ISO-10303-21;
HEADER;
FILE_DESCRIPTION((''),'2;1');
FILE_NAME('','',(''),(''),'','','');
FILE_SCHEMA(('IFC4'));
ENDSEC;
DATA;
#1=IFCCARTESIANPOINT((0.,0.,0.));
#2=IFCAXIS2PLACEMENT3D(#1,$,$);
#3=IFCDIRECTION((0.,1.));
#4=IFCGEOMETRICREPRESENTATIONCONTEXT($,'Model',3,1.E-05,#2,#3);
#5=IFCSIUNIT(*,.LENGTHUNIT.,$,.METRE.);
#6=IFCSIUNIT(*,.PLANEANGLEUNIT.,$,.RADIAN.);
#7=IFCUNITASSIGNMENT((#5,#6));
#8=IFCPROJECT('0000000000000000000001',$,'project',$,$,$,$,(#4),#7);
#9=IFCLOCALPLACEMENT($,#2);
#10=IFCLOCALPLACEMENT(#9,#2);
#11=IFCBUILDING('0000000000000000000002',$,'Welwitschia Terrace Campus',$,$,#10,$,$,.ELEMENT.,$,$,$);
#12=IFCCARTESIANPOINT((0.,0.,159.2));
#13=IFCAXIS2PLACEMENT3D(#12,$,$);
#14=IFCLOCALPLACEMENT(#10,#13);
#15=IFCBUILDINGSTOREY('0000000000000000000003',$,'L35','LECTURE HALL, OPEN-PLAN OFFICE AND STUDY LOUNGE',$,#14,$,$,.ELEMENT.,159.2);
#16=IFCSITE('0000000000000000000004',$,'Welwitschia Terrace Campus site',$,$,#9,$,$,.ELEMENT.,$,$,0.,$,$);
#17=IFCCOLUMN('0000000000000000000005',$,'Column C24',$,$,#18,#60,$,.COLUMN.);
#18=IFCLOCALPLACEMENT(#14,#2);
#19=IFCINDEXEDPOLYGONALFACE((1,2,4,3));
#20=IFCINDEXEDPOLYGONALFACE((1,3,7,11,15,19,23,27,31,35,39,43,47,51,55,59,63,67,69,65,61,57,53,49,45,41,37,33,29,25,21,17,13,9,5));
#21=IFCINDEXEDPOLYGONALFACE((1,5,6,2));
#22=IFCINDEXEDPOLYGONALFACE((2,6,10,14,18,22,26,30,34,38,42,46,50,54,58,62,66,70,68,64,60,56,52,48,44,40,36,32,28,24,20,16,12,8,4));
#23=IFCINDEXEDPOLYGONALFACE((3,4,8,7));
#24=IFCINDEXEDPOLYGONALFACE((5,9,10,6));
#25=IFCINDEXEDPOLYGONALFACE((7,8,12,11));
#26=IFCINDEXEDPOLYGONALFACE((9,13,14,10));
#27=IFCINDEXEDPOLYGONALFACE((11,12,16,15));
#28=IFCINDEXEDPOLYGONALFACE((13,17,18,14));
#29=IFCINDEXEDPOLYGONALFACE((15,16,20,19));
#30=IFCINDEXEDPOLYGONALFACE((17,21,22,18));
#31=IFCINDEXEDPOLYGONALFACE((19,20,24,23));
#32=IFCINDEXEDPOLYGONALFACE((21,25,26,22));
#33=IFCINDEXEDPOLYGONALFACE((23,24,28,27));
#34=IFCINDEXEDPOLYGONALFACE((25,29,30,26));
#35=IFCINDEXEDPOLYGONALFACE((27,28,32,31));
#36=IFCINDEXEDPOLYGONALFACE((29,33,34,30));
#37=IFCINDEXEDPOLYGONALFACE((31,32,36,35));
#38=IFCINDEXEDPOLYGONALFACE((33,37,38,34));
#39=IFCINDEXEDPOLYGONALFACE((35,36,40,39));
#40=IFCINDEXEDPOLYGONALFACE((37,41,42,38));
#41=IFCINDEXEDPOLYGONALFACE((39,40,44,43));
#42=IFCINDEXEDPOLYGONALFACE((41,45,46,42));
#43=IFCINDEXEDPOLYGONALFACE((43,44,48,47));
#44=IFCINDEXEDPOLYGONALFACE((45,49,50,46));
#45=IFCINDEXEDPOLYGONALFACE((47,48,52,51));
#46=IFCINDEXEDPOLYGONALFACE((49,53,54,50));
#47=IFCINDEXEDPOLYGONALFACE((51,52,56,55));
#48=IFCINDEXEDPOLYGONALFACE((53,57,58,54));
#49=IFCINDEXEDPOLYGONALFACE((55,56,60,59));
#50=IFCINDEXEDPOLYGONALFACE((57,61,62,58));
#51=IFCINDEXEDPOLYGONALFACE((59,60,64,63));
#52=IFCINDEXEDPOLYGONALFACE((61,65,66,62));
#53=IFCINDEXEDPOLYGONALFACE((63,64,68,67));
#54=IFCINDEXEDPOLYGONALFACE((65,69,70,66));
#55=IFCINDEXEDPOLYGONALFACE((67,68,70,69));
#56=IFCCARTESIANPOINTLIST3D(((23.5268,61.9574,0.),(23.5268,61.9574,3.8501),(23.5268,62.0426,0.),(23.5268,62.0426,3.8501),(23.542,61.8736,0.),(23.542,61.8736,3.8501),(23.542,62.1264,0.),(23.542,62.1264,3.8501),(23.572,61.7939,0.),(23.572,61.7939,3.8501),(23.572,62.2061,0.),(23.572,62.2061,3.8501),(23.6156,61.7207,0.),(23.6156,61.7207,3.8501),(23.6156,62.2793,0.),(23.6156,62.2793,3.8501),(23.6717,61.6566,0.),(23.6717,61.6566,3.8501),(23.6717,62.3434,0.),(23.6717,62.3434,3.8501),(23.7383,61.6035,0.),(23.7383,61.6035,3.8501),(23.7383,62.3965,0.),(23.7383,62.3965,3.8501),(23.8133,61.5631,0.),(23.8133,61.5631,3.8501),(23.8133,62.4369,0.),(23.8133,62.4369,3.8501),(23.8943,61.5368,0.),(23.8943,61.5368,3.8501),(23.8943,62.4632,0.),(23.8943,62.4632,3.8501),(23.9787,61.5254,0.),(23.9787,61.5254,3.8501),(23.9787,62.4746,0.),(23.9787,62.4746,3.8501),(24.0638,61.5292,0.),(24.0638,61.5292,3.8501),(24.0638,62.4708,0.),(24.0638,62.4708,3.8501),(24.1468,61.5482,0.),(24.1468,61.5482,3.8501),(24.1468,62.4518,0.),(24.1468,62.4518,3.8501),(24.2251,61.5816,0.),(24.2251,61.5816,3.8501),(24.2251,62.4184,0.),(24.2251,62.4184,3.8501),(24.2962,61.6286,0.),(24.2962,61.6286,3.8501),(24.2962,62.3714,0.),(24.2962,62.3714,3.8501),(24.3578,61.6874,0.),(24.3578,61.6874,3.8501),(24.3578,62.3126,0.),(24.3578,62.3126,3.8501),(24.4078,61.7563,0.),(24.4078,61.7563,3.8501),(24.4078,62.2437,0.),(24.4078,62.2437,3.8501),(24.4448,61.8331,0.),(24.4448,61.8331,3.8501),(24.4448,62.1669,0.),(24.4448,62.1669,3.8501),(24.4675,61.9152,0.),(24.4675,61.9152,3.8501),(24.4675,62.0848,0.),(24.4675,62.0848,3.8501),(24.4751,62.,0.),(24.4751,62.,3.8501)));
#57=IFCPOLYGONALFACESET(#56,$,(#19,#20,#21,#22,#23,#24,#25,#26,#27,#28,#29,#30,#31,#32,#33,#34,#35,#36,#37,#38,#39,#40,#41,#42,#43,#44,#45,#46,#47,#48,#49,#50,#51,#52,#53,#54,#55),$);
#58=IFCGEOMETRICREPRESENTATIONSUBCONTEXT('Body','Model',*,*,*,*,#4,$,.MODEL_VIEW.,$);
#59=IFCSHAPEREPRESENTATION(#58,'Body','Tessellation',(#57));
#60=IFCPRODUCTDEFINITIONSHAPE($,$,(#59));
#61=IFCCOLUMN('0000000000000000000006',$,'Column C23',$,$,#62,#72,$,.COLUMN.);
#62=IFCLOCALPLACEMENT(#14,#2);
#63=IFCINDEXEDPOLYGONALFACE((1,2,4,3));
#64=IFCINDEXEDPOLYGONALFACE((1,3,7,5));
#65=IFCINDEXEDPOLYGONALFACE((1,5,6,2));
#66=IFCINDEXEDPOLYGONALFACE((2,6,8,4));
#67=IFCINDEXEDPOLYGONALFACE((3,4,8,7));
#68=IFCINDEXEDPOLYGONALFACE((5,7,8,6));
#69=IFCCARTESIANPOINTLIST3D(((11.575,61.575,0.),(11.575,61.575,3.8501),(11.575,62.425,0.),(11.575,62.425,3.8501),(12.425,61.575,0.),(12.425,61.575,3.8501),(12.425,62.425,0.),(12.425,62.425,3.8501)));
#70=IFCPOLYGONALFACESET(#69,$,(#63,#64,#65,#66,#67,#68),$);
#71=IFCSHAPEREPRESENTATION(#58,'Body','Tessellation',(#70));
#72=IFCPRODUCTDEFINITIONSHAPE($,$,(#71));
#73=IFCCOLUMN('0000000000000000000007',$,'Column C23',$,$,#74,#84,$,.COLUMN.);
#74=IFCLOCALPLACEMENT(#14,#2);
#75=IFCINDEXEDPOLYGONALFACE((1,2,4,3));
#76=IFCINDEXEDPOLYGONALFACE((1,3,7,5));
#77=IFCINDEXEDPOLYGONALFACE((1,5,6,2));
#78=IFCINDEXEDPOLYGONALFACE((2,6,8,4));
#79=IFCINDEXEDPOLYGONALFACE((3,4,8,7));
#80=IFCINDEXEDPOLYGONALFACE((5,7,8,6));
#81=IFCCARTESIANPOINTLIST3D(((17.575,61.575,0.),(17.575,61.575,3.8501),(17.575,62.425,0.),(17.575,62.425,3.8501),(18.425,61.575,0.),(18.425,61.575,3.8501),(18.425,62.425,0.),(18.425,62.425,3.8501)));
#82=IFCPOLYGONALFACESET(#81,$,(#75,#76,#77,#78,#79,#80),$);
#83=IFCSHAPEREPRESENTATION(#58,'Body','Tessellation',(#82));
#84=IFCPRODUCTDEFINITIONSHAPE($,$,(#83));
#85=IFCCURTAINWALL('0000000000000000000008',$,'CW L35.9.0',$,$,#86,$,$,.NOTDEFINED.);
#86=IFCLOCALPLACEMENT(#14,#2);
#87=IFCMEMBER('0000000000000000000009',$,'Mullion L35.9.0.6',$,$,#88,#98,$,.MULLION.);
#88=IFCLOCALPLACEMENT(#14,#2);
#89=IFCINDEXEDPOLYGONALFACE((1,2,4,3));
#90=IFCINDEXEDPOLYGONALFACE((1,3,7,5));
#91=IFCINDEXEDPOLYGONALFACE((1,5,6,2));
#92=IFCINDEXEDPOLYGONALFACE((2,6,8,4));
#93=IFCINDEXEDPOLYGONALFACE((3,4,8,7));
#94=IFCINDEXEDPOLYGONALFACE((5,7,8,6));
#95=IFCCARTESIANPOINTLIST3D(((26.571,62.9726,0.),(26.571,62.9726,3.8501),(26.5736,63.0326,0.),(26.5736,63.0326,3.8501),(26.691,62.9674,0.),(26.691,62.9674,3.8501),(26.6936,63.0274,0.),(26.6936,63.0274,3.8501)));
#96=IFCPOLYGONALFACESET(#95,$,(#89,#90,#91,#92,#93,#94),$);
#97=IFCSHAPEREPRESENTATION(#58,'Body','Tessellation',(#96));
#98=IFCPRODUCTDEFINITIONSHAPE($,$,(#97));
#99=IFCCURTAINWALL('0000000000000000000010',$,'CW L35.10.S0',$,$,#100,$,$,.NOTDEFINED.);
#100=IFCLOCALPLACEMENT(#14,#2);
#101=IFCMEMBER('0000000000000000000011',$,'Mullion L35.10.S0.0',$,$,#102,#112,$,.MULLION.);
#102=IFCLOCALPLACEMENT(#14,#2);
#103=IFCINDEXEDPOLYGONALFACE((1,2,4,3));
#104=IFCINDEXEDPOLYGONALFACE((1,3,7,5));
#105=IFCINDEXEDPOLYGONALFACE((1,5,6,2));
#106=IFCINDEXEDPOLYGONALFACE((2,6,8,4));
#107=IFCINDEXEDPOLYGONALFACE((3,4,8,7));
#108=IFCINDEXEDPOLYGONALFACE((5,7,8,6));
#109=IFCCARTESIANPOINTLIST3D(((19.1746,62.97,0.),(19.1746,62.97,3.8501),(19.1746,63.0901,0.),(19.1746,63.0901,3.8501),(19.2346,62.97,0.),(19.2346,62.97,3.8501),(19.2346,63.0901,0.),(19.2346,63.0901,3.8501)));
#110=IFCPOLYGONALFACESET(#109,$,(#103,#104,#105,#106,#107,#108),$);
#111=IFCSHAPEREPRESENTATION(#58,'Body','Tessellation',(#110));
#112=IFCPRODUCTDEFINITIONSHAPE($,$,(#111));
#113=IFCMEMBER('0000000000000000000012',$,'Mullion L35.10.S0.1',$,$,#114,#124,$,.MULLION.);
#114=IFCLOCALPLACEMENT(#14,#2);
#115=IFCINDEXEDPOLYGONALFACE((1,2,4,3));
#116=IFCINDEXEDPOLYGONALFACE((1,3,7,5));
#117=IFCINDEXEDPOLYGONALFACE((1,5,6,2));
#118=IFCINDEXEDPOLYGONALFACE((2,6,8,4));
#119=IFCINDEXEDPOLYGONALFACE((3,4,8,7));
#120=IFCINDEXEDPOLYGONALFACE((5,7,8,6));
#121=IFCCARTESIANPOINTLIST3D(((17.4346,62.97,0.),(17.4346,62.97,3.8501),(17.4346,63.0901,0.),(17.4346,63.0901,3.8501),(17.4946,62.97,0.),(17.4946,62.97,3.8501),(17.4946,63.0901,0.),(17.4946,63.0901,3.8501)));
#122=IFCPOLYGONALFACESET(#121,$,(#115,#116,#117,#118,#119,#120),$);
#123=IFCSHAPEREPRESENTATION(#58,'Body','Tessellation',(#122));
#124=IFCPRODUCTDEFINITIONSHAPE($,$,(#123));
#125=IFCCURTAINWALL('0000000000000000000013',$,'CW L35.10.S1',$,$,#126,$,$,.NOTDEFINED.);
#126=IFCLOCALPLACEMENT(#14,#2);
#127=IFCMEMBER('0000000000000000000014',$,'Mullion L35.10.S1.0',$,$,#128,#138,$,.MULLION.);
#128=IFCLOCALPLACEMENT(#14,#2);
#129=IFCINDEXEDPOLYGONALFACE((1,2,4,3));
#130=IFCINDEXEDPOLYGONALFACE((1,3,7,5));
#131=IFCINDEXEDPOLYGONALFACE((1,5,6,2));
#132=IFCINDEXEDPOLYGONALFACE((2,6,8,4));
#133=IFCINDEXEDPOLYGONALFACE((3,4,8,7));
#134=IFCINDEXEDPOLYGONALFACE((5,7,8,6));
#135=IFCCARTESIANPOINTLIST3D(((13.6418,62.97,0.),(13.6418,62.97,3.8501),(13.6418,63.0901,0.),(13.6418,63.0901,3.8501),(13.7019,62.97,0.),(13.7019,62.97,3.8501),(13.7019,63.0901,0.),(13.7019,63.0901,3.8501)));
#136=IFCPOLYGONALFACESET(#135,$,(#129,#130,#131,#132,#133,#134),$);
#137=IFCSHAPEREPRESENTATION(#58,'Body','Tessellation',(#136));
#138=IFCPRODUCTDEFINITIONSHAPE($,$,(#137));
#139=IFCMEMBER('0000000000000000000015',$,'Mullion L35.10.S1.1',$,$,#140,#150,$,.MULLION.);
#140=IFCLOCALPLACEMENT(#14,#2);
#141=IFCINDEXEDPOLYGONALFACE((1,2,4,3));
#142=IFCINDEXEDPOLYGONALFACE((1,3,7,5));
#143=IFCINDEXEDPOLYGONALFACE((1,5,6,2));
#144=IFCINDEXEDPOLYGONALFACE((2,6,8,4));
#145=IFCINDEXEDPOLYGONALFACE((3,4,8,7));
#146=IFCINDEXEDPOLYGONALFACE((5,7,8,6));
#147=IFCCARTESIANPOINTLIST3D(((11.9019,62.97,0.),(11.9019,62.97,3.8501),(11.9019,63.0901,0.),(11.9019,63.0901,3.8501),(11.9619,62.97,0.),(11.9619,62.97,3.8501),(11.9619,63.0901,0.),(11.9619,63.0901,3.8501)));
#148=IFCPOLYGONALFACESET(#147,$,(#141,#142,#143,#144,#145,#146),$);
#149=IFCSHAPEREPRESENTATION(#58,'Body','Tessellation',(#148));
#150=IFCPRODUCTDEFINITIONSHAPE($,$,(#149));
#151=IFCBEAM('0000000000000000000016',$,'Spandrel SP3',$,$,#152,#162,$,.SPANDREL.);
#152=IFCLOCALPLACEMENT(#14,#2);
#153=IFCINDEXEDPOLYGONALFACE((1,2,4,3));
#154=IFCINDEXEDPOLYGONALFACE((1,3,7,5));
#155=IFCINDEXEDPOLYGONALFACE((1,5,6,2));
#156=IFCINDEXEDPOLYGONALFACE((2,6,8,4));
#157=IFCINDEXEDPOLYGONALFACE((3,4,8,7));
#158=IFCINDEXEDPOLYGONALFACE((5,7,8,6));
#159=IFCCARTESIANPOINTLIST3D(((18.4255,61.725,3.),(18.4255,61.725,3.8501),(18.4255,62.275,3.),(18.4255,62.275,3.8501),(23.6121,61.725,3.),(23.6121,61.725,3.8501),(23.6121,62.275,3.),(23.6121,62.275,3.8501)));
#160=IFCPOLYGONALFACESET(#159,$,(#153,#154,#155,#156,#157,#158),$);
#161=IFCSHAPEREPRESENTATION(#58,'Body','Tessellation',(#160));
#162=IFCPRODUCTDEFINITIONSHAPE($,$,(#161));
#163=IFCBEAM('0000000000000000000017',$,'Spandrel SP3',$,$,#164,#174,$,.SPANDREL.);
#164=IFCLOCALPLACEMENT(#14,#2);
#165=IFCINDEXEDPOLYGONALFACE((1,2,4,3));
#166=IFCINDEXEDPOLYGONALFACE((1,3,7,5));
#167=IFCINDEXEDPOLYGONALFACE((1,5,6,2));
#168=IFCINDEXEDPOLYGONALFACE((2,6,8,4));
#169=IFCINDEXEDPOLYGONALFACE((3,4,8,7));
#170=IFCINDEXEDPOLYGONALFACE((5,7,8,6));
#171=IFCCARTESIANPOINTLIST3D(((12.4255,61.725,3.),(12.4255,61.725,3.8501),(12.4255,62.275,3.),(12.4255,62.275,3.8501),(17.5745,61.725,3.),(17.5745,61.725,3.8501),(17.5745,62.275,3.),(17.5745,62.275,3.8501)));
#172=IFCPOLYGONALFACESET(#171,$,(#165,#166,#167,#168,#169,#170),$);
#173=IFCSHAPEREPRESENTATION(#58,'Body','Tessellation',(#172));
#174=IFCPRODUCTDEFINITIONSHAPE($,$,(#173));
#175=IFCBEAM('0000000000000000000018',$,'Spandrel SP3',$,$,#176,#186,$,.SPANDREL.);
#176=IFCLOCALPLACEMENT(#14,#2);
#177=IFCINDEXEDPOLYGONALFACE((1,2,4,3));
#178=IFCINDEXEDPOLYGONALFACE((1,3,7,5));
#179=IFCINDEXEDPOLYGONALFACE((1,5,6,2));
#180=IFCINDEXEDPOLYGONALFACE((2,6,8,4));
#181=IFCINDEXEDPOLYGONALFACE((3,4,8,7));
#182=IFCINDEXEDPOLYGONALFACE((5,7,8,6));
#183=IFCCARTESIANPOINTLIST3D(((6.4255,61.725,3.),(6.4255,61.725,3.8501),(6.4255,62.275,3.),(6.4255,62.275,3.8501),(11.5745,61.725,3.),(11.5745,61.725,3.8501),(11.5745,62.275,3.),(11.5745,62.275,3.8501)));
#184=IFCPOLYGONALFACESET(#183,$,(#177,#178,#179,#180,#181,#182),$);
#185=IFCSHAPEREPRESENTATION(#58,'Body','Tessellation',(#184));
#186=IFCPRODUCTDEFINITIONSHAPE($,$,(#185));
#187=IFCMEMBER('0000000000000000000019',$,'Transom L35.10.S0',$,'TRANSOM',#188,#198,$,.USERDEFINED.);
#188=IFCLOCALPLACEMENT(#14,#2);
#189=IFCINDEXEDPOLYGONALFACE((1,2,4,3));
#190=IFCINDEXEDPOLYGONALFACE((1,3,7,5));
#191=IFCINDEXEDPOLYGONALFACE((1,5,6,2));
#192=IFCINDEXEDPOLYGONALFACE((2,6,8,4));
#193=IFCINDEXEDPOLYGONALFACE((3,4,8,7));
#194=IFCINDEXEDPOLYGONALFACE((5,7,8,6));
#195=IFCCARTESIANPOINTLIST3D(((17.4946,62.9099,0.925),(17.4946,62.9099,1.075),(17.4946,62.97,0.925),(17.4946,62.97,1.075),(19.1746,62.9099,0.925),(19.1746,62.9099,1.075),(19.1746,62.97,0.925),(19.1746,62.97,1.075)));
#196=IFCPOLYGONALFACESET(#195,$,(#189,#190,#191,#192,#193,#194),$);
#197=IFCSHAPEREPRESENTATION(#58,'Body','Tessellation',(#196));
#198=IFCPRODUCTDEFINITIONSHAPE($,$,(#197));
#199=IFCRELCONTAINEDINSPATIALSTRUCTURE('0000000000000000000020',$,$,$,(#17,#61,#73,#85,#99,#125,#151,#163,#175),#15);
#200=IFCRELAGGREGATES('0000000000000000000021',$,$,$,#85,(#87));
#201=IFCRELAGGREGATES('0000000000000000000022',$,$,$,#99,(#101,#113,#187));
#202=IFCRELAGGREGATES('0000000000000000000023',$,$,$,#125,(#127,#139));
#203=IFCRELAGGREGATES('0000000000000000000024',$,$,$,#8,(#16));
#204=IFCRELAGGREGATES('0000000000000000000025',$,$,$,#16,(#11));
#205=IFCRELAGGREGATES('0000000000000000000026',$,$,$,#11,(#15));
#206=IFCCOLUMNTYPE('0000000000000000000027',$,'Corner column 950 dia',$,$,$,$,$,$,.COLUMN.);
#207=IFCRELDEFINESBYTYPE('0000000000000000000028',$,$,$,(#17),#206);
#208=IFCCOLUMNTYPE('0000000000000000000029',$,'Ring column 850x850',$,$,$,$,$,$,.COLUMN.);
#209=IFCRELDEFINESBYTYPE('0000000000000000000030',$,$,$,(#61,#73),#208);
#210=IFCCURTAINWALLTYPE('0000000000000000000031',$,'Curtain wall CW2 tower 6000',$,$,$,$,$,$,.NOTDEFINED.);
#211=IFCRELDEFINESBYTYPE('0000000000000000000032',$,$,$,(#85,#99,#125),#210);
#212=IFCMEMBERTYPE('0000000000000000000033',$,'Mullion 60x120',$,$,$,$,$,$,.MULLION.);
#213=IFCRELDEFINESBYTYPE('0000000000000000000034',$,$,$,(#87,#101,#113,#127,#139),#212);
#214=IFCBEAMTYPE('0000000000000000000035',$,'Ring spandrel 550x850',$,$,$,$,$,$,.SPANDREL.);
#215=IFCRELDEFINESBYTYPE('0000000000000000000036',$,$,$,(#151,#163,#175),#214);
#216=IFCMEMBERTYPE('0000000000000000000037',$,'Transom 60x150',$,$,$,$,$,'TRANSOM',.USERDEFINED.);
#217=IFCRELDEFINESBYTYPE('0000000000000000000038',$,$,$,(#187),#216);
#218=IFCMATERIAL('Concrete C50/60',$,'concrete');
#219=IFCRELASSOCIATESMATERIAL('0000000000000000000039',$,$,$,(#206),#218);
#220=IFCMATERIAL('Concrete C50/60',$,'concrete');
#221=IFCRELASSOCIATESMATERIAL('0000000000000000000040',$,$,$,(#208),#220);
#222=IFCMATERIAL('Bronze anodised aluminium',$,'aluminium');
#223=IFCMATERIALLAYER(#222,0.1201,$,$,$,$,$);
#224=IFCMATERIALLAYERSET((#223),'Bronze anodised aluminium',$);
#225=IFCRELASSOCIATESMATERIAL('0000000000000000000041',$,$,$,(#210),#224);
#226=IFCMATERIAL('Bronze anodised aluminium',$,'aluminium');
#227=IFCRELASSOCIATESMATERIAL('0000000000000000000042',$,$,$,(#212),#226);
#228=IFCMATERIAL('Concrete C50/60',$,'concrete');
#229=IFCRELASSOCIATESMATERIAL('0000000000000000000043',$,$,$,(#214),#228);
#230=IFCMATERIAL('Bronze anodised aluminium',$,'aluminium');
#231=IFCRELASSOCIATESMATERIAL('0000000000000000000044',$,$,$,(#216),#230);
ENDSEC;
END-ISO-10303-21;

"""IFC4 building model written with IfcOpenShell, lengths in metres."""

from ifc_helpers import new_model, si_unit, direction, frame, origin, origin_2d, place, context, subcontext, project, spatial, rectangle, circle, extrude, material, layer, layer_set, material_profile, profile_set, type_object, element, aggregate, save


model = new_model("IFC4")

# Units and contexts
model_context = context("Model", 3, precision=1e-05, world=origin(), true_north=direction((0.0, 1.0)))
body_context = subcontext(model_context, "Body", "Model", "MODEL_VIEW")
ifc_project = project(units=[si_unit("LENGTHUNIT", "METRE"), si_unit("PLANEANGLEUNIT", "RADIAN")], contexts=[model_context])

# Site, building, storey
site_placement = place(None, origin())
site = spatial("IfcSite", under=ifc_project, at=site_placement, Name="Welwitschia Terrace Campus site", CompositionType="ELEMENT", RefElevation=0.0)
building_placement = place(site_placement, origin())
building = spatial("IfcBuilding", under=site, at=building_placement, Name="Welwitschia Terrace Campus", CompositionType="ELEMENT")
storey_placement = place(building_placement, frame((0.0, 0.0, 159.2)))
storey = spatial("IfcBuildingStorey", under=building, at=storey_placement, Name="L35", Description="LECTURE HALL, OPEN-PLAN OFFICE AND STUDY LOUNGE", CompositionType="ELEMENT", Elevation=159.2)

# Columns
ifc_material_1 = material(Name="Concrete C50/60", Category="concrete")
ifc_material_profile_1 = material_profile(ifc_material_1, circle(Radius=0.4751, at=origin_2d()))
ifc_profile_set_1 = profile_set([ifc_material_profile_1], Name="Concrete C50/60")
column_type_1 = type_object("IfcColumnType", Name="Corner column 950 dia", PredefinedType="COLUMN", material=ifc_profile_set_1)
column_placement = place(storey_placement, frame((24.0, 62.0, 0.0), z_axis=(0.0, 0.0, 1.0), x_axis=(1.0, 0.0, 0.0)))
element("IfcColumn", 1, at=column_placement, inside=storey, type_object=column_type_1, Name="Column C24", PredefinedType="COLUMN", context=body_context, shape_type="SweptSolid", body=[
    extrude(circle(Radius=0.4751, at=origin_2d()), origin(), (0.0, 0.0, 1.0), 3.8501),
])
ifc_material_2 = material(Name="Concrete C50/60", Category="concrete")
ifc_material_profile_2 = material_profile(ifc_material_2, rectangle(XDim=0.8501, YDim=0.8501, at=origin_2d()))
ifc_profile_set_2 = profile_set([ifc_material_profile_2], Name="Concrete C50/60")
column_type_2 = type_object("IfcColumnType", Name="Ring column 850x850", PredefinedType="COLUMN", material=ifc_profile_set_2)
for number, where, z_axis, x_axis, name in (
    (2, (12.0, 62.0, 0.0), (0.0, 0.0, 1.0), (1.0, 0.0, 0.0), "Column C23"),
    (3, (18.0, 62.0, 0.0), (0.0, 0.0, 1.0), (1.0, 0.0, 0.0), "Column C23"),
):
    element("IfcColumn", number, at=place(storey_placement, frame(where, z_axis=z_axis, x_axis=x_axis)), inside=storey, type_object=column_type_2, Name=name, PredefinedType="COLUMN", context=body_context, shape_type="SweptSolid", body=[
        extrude(rectangle(XDim=0.8501, YDim=0.8501, at=origin_2d()), origin(), (0.0, 0.0, 1.0), 3.8501),
    ])

# Curtain wall, member
ifc_material_3 = material(Name="Bronze anodised aluminium", Category="aluminium")
ifc_layer_1 = layer(ifc_material_3, 0.1201)
ifc_layer_set_1 = layer_set([ifc_layer_1], Name="Bronze anodised aluminium")
curtain_wall_type = type_object("IfcCurtainWallType", Name="Curtain wall CW2 tower 6000", PredefinedType="NOTDEFINED", material=ifc_layer_set_1)
curtain_wall_1_placement = place(storey_placement, origin())
curtain_wall_1 = element("IfcCurtainWall", 4, at=curtain_wall_1_placement, inside=storey, type_object=curtain_wall_type, Name="CW L35.9.0", PredefinedType="NOTDEFINED")
ifc_material_4 = material(Name="Bronze anodised aluminium", Category="aluminium")
ifc_material_profile_3 = material_profile(ifc_material_4, rectangle(XDim=0.1201, YDim=0.0601, at=origin_2d()))
ifc_profile_set_3 = profile_set([ifc_material_profile_3], Name="Bronze anodised aluminium")
member_type_1 = type_object("IfcMemberType", Name="Mullion 60x120", PredefinedType="MULLION", material=ifc_profile_set_3)
member_1_placement = place(storey_placement, frame((26.6323, 63.0, 0.0), z_axis=(0.0, 0.0, 1.0), x_axis=(-0.999048, 0.043619, 0.0)))
member_1 = element("IfcMember", 5, at=member_1_placement, type_object=member_type_1, Name="Mullion L35.9.0.6", PredefinedType="MULLION", context=body_context, shape_type="SweptSolid", body=[
    extrude(rectangle(XDim=0.1201, YDim=0.0601, at=origin_2d()), origin(), (0.0, 0.0, 1.0), 3.8501),
])
aggregate(curtain_wall_1, [member_1])

# Curtain walls, members
curtain_wall_2_placement = place(storey_placement, origin())
curtain_wall_2 = element("IfcCurtainWall", 6, at=curtain_wall_2_placement, inside=storey, type_object=curtain_wall_type, Name="CW L35.10.S0", PredefinedType="NOTDEFINED")
member_2_placement = place(storey_placement, frame((19.2046, 63.03, 0.0), z_axis=(0.0, 0.0, 1.0), x_axis=(0.0, -1.0, 0.0)))
member_2 = element("IfcMember", 7, at=member_2_placement, type_object=member_type_1, Name="Mullion L35.10.S0.0", PredefinedType="MULLION", context=body_context, shape_type="SweptSolid", body=[
    extrude(rectangle(XDim=0.1201, YDim=0.0601, at=origin_2d()), origin(), (0.0, 0.0, 1.0), 3.8501),
])
member_3_placement = place(storey_placement, frame((17.4646, 63.03, 0.0), z_axis=(0.0, 0.0, 1.0), x_axis=(0.0, -1.0, 0.0)))
member_3 = element("IfcMember", 8, at=member_3_placement, type_object=member_type_1, Name="Mullion L35.10.S0.1", PredefinedType="MULLION", context=body_context, shape_type="SweptSolid", body=[
    extrude(rectangle(XDim=0.1201, YDim=0.0601, at=origin_2d()), origin(), (0.0, 0.0, 1.0), 3.8501),
])
curtain_wall_3_placement = place(storey_placement, origin())
curtain_wall_3 = element("IfcCurtainWall", 9, at=curtain_wall_3_placement, inside=storey, type_object=curtain_wall_type, Name="CW L35.10.S1", PredefinedType="NOTDEFINED")
member_4_placement = place(storey_placement, frame((13.6719, 63.03, 0.0), z_axis=(0.0, 0.0, 1.0), x_axis=(0.0, -1.0, 0.0)))
member_4 = element("IfcMember", 10, at=member_4_placement, type_object=member_type_1, Name="Mullion L35.10.S1.0", PredefinedType="MULLION", context=body_context, shape_type="SweptSolid", body=[
    extrude(rectangle(XDim=0.1201, YDim=0.0601, at=origin_2d()), origin(), (0.0, 0.0, 1.0), 3.8501),
])
member_5_placement = place(storey_placement, frame((11.9319, 63.03, 0.0), z_axis=(0.0, 0.0, 1.0), x_axis=(0.0, -1.0, 0.0)))
member_5 = element("IfcMember", 11, at=member_5_placement, type_object=member_type_1, Name="Mullion L35.10.S1.1", PredefinedType="MULLION", context=body_context, shape_type="SweptSolid", body=[
    extrude(rectangle(XDim=0.1201, YDim=0.0601, at=origin_2d()), origin(), (0.0, 0.0, 1.0), 3.8501),
])

# Beams
ifc_material_5 = material(Name="Concrete C50/60", Category="concrete")
ifc_material_profile_4 = material_profile(ifc_material_5, rectangle(XDim=0.55, YDim=0.8501, at=origin_2d()))
ifc_profile_set_4 = profile_set([ifc_material_profile_4], Name="Concrete C50/60")
beam_type = type_object("IfcBeamType", Name="Ring spandrel 550x850", PredefinedType="SPANDREL", material=ifc_profile_set_4)
beam_placement = place(storey_placement, frame((23.6121, 62.0, 3.425), z_axis=(-1.0, 0.0, 0.0), x_axis=(0.0, -1.0, 0.0)))
element("IfcBeam", 12, at=beam_placement, inside=storey, type_object=beam_type, Name="Spandrel SP3", PredefinedType="SPANDREL", context=body_context, shape_type="SweptSolid", body=[
    extrude(rectangle(XDim=0.55, YDim=0.8501, at=origin_2d()), origin(), (0.0, 0.0, 1.0), 5.1865),
])
for number, where, z_axis, x_axis, name in (
    (13, (17.5745, 62.0, 3.425), (-1.0, 0.0, 0.0), (0.0, -1.0, 0.0), "Spandrel SP3"),
    (14, (11.5745, 62.0, 3.425), (-1.0, 0.0, 0.0), (0.0, -1.0, 0.0), "Spandrel SP3"),
):
    element("IfcBeam", number, at=place(storey_placement, frame(where, z_axis=z_axis, x_axis=x_axis)), inside=storey, type_object=beam_type, Name=name, PredefinedType="SPANDREL", context=body_context, shape_type="SweptSolid", body=[
        extrude(rectangle(XDim=0.55, YDim=0.8501, at=origin_2d()), origin(), (0.0, 0.0, 1.0), 5.1489),
    ])

# Member
ifc_material_6 = material(Name="Bronze anodised aluminium", Category="aluminium")
ifc_material_profile_5 = material_profile(ifc_material_6, rectangle(XDim=0.0601, YDim=0.1499, at=origin_2d()))
ifc_profile_set_5 = profile_set([ifc_material_profile_5], Name="Bronze anodised aluminium")
member_type_2 = type_object("IfcMemberType", Name="Transom 60x150", ElementType="TRANSOM", PredefinedType="USERDEFINED", material=ifc_profile_set_5)
member_6_placement = place(storey_placement, frame((19.1746, 62.9399, 1.0), z_axis=(-1.0, 0.0, 0.0), x_axis=(0.0, -1.0, 0.0)))
member_6 = element("IfcMember", 15, at=member_6_placement, type_object=member_type_2, Name="Transom L35.10.S0", ObjectType="TRANSOM", PredefinedType="USERDEFINED", context=body_context, shape_type="SweptSolid", body=[
    extrude(rectangle(XDim=0.0601, YDim=0.1499, at=origin_2d()), origin(), (0.0, 0.0, 1.0), 1.6799),
])

aggregate(curtain_wall_2, [member_2, member_3, member_6])
aggregate(curtain_wall_3, [member_4, member_5])

save(model, "model.ifc")
